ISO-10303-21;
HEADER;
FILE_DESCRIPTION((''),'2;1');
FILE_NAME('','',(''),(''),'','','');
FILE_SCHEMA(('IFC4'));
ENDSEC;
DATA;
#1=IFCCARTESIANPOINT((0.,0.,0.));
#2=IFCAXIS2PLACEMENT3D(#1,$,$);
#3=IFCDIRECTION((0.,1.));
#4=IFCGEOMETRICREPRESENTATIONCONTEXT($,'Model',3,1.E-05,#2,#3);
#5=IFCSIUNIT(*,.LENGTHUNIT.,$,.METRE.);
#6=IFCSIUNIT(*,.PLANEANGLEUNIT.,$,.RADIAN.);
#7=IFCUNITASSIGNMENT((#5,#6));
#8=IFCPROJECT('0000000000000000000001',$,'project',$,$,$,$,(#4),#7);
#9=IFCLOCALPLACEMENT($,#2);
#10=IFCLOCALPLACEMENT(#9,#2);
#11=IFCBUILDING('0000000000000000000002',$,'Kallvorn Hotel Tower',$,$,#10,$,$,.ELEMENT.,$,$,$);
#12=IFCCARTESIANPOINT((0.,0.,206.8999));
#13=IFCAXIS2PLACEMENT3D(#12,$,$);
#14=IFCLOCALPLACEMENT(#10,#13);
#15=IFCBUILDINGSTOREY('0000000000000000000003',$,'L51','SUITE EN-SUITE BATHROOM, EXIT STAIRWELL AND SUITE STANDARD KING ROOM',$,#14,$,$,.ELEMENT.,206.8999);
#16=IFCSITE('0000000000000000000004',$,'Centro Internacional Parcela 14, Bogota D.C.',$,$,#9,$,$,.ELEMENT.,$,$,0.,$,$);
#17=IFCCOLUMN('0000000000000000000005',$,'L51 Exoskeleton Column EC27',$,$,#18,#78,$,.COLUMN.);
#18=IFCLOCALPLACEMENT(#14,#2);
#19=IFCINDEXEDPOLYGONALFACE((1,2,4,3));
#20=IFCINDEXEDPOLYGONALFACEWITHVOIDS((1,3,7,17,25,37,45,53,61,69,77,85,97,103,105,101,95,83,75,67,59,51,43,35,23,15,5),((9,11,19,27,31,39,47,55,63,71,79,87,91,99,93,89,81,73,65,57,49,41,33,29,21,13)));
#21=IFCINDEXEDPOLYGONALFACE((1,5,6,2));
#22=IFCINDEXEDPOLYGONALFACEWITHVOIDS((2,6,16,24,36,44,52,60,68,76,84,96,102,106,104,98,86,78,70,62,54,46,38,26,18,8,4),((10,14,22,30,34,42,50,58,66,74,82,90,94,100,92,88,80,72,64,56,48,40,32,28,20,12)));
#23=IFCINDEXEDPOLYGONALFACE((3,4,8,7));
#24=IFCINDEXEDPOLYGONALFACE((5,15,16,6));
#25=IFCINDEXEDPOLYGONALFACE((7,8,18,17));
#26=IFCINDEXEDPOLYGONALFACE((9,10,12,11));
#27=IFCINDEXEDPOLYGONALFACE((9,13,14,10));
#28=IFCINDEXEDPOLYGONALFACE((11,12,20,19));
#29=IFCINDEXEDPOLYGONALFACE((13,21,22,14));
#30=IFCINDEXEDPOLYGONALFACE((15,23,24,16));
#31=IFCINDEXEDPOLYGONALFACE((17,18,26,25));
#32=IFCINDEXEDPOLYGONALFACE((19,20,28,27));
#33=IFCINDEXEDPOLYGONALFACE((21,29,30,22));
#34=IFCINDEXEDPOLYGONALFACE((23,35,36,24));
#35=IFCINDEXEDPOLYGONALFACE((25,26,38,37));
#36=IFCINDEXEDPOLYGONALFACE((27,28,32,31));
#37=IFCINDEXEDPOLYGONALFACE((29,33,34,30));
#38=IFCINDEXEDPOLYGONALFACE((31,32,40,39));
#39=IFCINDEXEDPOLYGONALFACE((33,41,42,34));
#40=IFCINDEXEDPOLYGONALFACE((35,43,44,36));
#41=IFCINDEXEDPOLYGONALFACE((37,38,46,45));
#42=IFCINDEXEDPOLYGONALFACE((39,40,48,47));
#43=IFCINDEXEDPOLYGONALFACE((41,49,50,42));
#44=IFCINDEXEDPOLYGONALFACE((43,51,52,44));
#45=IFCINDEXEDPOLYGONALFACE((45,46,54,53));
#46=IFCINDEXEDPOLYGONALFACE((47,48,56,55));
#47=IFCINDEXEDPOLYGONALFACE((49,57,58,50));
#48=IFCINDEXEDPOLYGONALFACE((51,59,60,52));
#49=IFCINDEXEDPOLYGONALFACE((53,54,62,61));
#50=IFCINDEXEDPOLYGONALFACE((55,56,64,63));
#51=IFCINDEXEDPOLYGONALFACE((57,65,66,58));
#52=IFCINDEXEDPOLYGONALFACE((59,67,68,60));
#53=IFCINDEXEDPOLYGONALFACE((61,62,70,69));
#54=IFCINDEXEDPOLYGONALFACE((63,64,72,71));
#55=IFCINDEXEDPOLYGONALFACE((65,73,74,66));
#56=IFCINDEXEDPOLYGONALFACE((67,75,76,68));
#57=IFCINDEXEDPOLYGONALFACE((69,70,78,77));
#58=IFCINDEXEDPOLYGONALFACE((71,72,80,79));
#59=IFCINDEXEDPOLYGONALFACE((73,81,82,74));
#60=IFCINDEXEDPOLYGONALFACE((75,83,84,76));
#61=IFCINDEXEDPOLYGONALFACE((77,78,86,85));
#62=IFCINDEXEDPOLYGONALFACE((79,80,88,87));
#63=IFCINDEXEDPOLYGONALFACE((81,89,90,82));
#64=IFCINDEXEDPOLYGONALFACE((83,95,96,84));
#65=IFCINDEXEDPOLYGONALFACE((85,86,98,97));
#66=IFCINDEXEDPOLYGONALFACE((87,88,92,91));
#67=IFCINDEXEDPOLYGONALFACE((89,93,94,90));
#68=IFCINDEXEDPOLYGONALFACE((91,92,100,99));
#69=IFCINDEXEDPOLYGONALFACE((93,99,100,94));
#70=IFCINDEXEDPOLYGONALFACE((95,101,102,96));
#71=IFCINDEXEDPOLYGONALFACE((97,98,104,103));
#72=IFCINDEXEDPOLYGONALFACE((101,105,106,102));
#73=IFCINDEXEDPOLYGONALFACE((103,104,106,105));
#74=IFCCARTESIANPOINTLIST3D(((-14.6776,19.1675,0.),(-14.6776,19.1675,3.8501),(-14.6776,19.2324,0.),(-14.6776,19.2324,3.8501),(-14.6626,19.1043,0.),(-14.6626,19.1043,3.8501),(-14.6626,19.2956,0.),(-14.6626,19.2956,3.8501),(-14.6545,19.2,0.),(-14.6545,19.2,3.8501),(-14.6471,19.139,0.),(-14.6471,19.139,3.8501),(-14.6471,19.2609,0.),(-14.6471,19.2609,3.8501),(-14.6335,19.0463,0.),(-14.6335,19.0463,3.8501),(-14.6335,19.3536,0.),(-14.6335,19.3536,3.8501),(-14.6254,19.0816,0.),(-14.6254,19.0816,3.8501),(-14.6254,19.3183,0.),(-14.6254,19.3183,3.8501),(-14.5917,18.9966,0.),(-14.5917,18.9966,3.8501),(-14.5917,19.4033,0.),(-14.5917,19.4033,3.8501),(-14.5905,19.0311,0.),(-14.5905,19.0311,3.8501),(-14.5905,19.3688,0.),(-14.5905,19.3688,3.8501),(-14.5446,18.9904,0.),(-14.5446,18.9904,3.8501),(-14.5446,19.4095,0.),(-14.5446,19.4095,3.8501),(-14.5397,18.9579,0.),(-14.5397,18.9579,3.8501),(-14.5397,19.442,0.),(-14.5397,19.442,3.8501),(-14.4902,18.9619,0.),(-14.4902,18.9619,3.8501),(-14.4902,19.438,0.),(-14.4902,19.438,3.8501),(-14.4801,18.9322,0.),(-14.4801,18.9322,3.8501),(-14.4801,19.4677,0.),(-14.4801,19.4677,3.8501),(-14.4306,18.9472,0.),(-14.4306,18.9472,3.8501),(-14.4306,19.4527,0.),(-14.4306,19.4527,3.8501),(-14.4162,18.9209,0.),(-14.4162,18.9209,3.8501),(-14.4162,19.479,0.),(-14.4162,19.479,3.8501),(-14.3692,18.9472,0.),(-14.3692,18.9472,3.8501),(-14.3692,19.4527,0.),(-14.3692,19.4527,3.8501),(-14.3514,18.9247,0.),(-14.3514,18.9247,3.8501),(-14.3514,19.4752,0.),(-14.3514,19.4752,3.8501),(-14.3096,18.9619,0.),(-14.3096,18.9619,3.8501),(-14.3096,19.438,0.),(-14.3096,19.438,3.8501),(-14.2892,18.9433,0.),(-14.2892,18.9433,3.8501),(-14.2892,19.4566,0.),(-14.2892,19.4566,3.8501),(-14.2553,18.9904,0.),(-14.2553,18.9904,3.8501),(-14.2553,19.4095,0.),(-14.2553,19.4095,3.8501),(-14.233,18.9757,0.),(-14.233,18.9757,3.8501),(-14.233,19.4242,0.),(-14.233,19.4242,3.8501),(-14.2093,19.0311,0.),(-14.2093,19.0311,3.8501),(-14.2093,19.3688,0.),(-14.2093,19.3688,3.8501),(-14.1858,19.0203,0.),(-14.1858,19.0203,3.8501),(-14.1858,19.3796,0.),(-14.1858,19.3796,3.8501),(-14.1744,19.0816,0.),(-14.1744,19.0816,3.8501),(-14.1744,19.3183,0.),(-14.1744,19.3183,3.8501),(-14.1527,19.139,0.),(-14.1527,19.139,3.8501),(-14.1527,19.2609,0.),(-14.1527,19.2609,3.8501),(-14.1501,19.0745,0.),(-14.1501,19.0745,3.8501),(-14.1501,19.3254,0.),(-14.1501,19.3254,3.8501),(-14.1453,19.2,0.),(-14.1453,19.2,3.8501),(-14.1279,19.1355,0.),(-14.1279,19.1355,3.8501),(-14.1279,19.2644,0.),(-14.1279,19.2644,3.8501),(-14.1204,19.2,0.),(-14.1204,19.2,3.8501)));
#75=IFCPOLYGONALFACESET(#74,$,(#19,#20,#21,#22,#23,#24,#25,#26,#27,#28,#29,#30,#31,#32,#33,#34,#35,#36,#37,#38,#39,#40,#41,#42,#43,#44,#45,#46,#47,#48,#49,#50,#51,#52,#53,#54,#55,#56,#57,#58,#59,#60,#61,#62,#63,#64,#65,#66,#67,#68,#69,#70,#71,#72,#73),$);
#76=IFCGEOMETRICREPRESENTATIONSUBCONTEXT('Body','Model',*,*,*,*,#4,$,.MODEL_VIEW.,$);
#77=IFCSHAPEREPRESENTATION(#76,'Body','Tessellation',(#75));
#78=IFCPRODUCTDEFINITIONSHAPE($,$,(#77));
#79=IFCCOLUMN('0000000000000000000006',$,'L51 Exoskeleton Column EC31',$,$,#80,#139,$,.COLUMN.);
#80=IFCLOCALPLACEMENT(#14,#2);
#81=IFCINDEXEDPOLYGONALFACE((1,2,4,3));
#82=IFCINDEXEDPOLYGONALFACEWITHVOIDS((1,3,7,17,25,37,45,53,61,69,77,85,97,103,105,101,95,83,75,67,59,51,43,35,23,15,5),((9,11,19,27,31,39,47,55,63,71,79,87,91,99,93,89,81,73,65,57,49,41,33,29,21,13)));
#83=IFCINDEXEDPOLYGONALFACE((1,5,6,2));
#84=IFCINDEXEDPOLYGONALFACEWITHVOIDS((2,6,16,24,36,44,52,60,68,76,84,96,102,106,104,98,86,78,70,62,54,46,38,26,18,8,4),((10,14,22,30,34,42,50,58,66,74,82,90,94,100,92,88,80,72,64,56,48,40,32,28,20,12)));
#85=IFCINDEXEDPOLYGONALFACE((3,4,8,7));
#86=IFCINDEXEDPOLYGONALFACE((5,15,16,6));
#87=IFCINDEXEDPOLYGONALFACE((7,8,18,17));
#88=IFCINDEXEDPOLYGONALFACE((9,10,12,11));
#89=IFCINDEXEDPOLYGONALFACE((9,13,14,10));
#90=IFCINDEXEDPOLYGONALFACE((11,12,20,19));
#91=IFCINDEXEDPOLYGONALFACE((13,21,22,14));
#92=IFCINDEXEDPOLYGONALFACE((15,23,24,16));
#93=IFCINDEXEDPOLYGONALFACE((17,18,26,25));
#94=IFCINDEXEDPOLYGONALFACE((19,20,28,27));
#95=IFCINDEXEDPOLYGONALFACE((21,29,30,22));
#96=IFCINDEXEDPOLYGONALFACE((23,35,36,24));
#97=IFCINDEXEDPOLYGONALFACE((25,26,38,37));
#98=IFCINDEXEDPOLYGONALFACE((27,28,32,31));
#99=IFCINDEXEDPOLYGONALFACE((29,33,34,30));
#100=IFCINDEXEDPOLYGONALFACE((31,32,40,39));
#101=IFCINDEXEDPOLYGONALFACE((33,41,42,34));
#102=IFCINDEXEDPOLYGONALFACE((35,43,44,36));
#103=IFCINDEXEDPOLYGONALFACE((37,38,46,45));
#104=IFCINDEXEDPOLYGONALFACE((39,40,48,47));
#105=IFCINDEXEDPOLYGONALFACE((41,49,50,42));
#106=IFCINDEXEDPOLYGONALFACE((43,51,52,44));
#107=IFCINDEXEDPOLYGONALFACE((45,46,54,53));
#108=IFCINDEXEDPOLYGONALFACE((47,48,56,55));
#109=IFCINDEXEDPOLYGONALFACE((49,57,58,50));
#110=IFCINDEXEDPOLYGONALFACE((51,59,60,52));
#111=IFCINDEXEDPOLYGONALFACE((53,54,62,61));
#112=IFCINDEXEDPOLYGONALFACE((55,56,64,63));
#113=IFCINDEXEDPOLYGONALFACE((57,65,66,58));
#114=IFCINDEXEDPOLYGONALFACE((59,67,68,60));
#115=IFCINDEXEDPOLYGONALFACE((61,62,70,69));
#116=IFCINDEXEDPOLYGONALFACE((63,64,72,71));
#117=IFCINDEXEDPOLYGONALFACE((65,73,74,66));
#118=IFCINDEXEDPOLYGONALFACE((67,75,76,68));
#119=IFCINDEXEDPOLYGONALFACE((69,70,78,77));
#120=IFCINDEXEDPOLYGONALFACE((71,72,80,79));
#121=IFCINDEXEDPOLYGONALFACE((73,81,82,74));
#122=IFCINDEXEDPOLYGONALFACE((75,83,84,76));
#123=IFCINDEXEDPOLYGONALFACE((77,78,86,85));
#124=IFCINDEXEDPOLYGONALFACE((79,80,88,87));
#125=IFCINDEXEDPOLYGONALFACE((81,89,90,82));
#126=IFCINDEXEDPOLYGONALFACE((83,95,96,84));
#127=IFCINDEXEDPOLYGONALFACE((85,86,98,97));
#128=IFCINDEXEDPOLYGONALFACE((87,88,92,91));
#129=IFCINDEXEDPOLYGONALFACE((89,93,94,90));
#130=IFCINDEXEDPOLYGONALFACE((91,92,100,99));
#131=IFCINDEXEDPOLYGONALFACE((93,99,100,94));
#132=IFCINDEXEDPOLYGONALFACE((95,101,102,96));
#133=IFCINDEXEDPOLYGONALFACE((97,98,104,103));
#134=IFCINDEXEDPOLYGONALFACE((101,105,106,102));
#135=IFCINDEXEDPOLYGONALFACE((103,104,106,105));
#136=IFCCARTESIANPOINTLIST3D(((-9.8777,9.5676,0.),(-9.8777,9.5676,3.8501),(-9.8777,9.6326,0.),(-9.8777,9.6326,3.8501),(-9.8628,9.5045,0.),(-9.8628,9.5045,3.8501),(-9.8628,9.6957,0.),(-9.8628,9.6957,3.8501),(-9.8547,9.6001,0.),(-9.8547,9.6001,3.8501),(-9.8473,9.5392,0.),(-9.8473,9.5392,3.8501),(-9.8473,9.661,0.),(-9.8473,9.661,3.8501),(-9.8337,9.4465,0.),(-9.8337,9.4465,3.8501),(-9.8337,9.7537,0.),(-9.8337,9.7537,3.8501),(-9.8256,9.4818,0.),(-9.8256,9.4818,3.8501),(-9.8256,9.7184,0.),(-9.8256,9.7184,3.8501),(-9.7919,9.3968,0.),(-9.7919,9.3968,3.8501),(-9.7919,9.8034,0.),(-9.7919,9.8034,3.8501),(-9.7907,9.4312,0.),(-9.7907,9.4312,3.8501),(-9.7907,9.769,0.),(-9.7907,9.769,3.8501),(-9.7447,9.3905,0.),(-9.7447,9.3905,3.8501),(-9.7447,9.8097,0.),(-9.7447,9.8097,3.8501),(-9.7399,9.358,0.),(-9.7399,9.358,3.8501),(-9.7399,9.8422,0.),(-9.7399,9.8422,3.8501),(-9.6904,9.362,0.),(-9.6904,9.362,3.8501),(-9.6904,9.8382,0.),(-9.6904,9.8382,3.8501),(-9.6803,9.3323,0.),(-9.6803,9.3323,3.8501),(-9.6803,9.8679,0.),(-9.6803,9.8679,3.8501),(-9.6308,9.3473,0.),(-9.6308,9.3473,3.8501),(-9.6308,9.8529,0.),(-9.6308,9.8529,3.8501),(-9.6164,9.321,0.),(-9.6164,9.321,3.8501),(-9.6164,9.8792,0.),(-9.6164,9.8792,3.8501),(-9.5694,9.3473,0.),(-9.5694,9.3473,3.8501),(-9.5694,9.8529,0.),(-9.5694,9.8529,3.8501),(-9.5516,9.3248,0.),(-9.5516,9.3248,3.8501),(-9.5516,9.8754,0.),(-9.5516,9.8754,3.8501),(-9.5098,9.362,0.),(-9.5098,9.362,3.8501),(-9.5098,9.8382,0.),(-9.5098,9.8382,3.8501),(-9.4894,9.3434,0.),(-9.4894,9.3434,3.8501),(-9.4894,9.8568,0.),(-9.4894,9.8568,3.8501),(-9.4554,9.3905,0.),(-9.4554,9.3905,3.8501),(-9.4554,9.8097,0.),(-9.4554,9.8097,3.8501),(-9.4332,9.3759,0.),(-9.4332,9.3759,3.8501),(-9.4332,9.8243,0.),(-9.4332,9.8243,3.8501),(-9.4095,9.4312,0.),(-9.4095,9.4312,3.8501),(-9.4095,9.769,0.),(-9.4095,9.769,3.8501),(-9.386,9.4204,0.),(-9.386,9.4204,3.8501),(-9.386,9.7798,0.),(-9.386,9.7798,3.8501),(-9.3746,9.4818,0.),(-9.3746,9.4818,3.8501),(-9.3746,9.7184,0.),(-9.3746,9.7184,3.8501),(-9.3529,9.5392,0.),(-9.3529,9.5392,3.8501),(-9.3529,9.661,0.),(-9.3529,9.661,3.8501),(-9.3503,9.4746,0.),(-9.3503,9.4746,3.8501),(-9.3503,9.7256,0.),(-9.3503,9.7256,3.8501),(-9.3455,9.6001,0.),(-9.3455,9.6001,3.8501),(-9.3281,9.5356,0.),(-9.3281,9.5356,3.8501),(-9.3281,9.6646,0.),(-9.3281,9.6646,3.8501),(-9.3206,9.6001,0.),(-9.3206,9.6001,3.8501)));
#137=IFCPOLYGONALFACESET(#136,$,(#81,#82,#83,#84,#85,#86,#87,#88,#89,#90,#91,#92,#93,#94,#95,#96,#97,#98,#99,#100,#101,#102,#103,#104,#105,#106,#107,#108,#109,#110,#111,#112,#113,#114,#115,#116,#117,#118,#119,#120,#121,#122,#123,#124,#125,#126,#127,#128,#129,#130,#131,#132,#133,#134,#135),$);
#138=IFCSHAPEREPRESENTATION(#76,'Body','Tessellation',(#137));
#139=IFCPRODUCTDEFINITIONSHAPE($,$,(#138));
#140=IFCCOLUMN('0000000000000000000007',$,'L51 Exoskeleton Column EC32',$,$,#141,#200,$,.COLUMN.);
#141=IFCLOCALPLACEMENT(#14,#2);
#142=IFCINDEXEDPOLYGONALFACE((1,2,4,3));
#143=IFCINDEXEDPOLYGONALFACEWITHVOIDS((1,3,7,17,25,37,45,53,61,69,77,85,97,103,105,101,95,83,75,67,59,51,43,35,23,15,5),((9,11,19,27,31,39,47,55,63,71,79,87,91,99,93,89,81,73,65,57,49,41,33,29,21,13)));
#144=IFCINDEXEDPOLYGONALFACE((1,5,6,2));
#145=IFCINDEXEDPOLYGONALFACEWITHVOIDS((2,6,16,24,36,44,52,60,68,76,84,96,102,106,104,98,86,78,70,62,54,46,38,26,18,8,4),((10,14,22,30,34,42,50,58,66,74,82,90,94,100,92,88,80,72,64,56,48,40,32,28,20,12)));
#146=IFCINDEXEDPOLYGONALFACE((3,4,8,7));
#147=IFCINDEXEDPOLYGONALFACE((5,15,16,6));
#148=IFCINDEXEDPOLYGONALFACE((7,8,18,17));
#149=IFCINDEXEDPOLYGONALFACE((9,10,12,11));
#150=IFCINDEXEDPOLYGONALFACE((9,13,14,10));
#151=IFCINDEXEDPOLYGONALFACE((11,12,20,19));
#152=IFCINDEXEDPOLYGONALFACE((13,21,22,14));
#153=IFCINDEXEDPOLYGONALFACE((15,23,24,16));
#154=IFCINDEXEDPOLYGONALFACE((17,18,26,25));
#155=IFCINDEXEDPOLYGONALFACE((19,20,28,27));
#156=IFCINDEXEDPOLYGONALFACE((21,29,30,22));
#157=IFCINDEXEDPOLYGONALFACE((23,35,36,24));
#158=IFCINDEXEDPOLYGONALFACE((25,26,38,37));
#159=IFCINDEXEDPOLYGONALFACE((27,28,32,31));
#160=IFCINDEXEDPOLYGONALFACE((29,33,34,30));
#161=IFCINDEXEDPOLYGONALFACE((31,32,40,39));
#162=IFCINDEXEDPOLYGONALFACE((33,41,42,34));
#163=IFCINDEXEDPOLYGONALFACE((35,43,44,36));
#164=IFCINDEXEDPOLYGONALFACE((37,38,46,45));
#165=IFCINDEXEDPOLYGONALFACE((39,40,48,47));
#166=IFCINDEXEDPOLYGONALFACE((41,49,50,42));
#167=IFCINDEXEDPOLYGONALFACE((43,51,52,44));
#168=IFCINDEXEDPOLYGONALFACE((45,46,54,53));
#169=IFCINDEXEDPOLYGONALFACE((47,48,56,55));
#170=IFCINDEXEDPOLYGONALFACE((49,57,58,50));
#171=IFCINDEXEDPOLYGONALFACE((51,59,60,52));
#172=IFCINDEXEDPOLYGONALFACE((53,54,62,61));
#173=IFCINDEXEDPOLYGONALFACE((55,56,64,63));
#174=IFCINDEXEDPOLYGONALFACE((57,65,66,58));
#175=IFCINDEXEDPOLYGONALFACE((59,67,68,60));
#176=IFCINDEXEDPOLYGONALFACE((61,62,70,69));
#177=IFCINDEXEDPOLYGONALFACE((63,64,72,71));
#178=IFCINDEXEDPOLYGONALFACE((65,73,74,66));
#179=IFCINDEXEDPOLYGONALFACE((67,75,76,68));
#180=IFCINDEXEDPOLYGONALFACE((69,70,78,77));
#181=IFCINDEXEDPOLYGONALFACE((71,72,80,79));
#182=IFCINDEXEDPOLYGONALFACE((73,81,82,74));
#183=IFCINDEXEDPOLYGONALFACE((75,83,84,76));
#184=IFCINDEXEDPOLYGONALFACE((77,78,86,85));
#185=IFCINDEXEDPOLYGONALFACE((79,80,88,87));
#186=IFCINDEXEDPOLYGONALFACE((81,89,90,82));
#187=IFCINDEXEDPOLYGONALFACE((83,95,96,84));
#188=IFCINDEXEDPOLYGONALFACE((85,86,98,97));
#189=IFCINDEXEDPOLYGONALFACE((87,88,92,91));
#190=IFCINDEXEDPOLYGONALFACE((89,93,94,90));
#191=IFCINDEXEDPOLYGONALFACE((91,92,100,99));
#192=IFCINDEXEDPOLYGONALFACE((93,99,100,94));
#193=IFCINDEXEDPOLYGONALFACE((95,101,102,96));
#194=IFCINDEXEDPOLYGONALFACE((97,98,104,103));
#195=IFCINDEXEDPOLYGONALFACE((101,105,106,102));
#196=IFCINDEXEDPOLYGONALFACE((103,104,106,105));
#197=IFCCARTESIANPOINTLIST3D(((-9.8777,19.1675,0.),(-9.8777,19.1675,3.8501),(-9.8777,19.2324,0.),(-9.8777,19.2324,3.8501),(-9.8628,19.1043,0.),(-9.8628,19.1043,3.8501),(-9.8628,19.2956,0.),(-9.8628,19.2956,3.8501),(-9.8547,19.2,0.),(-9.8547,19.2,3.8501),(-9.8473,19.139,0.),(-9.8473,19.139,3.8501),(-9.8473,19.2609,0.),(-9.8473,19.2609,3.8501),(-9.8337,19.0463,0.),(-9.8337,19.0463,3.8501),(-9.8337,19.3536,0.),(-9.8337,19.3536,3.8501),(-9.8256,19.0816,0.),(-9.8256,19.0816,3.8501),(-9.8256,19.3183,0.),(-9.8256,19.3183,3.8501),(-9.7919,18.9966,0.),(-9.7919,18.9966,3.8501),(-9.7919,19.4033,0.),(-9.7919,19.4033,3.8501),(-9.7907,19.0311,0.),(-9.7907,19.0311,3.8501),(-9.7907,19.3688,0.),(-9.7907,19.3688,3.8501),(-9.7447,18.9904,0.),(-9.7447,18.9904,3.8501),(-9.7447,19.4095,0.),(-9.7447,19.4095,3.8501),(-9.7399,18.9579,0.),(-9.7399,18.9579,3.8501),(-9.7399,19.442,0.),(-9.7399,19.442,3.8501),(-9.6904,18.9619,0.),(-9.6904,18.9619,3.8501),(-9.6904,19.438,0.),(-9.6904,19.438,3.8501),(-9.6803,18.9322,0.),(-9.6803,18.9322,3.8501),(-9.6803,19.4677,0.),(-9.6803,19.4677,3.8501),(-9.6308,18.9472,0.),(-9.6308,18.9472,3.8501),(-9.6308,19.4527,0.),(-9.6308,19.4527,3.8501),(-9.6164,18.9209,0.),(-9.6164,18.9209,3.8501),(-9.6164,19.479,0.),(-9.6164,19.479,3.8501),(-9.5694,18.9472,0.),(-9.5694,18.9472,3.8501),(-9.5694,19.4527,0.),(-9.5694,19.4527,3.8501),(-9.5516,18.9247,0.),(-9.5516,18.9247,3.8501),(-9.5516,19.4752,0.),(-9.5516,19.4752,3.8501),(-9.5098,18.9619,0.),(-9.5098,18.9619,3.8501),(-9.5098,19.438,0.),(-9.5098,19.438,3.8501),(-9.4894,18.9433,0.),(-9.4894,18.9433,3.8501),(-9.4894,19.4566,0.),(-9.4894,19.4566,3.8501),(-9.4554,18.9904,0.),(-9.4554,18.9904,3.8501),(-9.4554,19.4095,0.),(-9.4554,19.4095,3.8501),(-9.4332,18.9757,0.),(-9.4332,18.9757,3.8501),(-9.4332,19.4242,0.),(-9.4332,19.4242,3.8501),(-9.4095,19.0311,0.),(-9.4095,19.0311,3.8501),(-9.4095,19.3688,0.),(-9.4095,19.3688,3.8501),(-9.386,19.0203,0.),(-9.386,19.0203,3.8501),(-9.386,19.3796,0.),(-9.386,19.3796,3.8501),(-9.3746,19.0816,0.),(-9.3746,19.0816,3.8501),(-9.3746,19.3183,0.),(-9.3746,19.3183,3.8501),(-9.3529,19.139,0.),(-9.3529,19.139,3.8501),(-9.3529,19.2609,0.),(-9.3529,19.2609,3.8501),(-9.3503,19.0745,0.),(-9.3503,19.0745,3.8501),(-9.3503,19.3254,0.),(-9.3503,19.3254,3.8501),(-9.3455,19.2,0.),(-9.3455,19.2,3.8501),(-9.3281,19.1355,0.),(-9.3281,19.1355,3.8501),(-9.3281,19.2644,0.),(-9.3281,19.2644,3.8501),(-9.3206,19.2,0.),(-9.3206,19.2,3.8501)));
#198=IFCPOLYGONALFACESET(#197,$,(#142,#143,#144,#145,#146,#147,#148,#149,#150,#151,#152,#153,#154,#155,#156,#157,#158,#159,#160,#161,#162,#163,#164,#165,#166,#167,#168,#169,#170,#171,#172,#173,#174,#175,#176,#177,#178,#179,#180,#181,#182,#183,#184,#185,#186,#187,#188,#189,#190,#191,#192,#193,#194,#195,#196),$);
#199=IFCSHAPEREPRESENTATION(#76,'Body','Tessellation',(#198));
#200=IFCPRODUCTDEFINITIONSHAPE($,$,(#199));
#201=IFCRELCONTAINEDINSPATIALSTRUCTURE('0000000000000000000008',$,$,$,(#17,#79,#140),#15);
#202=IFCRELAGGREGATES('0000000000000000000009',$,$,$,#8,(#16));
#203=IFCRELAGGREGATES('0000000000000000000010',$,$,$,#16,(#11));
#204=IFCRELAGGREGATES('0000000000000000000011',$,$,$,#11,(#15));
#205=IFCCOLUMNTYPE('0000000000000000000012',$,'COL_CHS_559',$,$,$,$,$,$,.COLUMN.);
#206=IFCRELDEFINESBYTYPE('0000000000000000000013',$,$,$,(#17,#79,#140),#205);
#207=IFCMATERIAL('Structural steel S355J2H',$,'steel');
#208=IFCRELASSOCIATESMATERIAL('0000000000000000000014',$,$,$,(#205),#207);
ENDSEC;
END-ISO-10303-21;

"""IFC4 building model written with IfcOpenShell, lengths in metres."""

from ifc_helpers import new_model, si_unit, direction, frame, origin, origin_2d, place, context, subcontext, project, spatial, hollow_circle, extrude, material, material_profile, profile_set, type_object, element, save


model = new_model("IFC4")

# Units and contexts
model_context = context("Model", 3, precision=1e-05, world=origin(), true_north=direction((0.0, 1.0)))
body_context = subcontext(model_context, "Body", "Model", "MODEL_VIEW")
ifc_project = project(units=[si_unit("LENGTHUNIT", "METRE"), si_unit("PLANEANGLEUNIT", "RADIAN")], contexts=[model_context])

# Site, building, storey
site_placement = place(None, origin())
site = spatial("IfcSite", under=ifc_project, at=site_placement, Name="Centro Internacional Parcela 14, Bogota D.C.", CompositionType="ELEMENT", RefElevation=0.0)
building_placement = place(site_placement, origin())
building = spatial("IfcBuilding", under=site, at=building_placement, Name="Kallvorn Hotel Tower", CompositionType="ELEMENT")
storey_placement = place(building_placement, frame((0.0, 0.0, 206.8999)))
storey = spatial("IfcBuildingStorey", under=building, at=storey_placement, Name="L51", Description="SUITE EN-SUITE BATHROOM, EXIT STAIRWELL AND SUITE STANDARD KING ROOM", CompositionType="ELEMENT", Elevation=206.8999)

# Columns
ifc_material_1 = material(Name="Structural steel S355J2H", Category="steel")
ifc_material_profile_1 = material_profile(ifc_material_1, hollow_circle(Radius=0.2795, WallThickness=0.0249, at=origin_2d()), Name="CHS 559x25")
ifc_profile_set_1 = profile_set([ifc_material_profile_1], Name="Structural steel S355J2H")
column_type_1 = type_object("IfcColumnType", Name="COL_CHS_559", PredefinedType="COLUMN", material=ifc_profile_set_1)
for number, where, z_axis, x_axis, name in (
    (1, (-14.3999, 19.2, 0.0), (0.0, 0.0, 1.0), (1.0, 0.0, 0.0), "L51 Exoskeleton Column EC27"),
    (2, (-9.6001, 9.6001, 0.0), (0.0, 0.0, 1.0), (1.0, 0.0, 0.0), "L51 Exoskeleton Column EC31"),
    (3, (-9.6001, 19.2, 0.0), (0.0, 0.0, 1.0), (1.0, 0.0, 0.0), "L51 Exoskeleton Column EC32"),
):
    element("IfcColumn", number, at=place(storey_placement, frame(where, z_axis=z_axis, x_axis=x_axis)), inside=storey, type_object=column_type_1, Name=name, PredefinedType="COLUMN", context=body_context, shape_type="SweptSolid", body=[
        extrude(hollow_circle(Radius=0.2795, WallThickness=0.0249, at=origin_2d()), origin(), (0.0, 0.0, 1.0), 3.8501),
    ])

save(model, "model.ifc")
